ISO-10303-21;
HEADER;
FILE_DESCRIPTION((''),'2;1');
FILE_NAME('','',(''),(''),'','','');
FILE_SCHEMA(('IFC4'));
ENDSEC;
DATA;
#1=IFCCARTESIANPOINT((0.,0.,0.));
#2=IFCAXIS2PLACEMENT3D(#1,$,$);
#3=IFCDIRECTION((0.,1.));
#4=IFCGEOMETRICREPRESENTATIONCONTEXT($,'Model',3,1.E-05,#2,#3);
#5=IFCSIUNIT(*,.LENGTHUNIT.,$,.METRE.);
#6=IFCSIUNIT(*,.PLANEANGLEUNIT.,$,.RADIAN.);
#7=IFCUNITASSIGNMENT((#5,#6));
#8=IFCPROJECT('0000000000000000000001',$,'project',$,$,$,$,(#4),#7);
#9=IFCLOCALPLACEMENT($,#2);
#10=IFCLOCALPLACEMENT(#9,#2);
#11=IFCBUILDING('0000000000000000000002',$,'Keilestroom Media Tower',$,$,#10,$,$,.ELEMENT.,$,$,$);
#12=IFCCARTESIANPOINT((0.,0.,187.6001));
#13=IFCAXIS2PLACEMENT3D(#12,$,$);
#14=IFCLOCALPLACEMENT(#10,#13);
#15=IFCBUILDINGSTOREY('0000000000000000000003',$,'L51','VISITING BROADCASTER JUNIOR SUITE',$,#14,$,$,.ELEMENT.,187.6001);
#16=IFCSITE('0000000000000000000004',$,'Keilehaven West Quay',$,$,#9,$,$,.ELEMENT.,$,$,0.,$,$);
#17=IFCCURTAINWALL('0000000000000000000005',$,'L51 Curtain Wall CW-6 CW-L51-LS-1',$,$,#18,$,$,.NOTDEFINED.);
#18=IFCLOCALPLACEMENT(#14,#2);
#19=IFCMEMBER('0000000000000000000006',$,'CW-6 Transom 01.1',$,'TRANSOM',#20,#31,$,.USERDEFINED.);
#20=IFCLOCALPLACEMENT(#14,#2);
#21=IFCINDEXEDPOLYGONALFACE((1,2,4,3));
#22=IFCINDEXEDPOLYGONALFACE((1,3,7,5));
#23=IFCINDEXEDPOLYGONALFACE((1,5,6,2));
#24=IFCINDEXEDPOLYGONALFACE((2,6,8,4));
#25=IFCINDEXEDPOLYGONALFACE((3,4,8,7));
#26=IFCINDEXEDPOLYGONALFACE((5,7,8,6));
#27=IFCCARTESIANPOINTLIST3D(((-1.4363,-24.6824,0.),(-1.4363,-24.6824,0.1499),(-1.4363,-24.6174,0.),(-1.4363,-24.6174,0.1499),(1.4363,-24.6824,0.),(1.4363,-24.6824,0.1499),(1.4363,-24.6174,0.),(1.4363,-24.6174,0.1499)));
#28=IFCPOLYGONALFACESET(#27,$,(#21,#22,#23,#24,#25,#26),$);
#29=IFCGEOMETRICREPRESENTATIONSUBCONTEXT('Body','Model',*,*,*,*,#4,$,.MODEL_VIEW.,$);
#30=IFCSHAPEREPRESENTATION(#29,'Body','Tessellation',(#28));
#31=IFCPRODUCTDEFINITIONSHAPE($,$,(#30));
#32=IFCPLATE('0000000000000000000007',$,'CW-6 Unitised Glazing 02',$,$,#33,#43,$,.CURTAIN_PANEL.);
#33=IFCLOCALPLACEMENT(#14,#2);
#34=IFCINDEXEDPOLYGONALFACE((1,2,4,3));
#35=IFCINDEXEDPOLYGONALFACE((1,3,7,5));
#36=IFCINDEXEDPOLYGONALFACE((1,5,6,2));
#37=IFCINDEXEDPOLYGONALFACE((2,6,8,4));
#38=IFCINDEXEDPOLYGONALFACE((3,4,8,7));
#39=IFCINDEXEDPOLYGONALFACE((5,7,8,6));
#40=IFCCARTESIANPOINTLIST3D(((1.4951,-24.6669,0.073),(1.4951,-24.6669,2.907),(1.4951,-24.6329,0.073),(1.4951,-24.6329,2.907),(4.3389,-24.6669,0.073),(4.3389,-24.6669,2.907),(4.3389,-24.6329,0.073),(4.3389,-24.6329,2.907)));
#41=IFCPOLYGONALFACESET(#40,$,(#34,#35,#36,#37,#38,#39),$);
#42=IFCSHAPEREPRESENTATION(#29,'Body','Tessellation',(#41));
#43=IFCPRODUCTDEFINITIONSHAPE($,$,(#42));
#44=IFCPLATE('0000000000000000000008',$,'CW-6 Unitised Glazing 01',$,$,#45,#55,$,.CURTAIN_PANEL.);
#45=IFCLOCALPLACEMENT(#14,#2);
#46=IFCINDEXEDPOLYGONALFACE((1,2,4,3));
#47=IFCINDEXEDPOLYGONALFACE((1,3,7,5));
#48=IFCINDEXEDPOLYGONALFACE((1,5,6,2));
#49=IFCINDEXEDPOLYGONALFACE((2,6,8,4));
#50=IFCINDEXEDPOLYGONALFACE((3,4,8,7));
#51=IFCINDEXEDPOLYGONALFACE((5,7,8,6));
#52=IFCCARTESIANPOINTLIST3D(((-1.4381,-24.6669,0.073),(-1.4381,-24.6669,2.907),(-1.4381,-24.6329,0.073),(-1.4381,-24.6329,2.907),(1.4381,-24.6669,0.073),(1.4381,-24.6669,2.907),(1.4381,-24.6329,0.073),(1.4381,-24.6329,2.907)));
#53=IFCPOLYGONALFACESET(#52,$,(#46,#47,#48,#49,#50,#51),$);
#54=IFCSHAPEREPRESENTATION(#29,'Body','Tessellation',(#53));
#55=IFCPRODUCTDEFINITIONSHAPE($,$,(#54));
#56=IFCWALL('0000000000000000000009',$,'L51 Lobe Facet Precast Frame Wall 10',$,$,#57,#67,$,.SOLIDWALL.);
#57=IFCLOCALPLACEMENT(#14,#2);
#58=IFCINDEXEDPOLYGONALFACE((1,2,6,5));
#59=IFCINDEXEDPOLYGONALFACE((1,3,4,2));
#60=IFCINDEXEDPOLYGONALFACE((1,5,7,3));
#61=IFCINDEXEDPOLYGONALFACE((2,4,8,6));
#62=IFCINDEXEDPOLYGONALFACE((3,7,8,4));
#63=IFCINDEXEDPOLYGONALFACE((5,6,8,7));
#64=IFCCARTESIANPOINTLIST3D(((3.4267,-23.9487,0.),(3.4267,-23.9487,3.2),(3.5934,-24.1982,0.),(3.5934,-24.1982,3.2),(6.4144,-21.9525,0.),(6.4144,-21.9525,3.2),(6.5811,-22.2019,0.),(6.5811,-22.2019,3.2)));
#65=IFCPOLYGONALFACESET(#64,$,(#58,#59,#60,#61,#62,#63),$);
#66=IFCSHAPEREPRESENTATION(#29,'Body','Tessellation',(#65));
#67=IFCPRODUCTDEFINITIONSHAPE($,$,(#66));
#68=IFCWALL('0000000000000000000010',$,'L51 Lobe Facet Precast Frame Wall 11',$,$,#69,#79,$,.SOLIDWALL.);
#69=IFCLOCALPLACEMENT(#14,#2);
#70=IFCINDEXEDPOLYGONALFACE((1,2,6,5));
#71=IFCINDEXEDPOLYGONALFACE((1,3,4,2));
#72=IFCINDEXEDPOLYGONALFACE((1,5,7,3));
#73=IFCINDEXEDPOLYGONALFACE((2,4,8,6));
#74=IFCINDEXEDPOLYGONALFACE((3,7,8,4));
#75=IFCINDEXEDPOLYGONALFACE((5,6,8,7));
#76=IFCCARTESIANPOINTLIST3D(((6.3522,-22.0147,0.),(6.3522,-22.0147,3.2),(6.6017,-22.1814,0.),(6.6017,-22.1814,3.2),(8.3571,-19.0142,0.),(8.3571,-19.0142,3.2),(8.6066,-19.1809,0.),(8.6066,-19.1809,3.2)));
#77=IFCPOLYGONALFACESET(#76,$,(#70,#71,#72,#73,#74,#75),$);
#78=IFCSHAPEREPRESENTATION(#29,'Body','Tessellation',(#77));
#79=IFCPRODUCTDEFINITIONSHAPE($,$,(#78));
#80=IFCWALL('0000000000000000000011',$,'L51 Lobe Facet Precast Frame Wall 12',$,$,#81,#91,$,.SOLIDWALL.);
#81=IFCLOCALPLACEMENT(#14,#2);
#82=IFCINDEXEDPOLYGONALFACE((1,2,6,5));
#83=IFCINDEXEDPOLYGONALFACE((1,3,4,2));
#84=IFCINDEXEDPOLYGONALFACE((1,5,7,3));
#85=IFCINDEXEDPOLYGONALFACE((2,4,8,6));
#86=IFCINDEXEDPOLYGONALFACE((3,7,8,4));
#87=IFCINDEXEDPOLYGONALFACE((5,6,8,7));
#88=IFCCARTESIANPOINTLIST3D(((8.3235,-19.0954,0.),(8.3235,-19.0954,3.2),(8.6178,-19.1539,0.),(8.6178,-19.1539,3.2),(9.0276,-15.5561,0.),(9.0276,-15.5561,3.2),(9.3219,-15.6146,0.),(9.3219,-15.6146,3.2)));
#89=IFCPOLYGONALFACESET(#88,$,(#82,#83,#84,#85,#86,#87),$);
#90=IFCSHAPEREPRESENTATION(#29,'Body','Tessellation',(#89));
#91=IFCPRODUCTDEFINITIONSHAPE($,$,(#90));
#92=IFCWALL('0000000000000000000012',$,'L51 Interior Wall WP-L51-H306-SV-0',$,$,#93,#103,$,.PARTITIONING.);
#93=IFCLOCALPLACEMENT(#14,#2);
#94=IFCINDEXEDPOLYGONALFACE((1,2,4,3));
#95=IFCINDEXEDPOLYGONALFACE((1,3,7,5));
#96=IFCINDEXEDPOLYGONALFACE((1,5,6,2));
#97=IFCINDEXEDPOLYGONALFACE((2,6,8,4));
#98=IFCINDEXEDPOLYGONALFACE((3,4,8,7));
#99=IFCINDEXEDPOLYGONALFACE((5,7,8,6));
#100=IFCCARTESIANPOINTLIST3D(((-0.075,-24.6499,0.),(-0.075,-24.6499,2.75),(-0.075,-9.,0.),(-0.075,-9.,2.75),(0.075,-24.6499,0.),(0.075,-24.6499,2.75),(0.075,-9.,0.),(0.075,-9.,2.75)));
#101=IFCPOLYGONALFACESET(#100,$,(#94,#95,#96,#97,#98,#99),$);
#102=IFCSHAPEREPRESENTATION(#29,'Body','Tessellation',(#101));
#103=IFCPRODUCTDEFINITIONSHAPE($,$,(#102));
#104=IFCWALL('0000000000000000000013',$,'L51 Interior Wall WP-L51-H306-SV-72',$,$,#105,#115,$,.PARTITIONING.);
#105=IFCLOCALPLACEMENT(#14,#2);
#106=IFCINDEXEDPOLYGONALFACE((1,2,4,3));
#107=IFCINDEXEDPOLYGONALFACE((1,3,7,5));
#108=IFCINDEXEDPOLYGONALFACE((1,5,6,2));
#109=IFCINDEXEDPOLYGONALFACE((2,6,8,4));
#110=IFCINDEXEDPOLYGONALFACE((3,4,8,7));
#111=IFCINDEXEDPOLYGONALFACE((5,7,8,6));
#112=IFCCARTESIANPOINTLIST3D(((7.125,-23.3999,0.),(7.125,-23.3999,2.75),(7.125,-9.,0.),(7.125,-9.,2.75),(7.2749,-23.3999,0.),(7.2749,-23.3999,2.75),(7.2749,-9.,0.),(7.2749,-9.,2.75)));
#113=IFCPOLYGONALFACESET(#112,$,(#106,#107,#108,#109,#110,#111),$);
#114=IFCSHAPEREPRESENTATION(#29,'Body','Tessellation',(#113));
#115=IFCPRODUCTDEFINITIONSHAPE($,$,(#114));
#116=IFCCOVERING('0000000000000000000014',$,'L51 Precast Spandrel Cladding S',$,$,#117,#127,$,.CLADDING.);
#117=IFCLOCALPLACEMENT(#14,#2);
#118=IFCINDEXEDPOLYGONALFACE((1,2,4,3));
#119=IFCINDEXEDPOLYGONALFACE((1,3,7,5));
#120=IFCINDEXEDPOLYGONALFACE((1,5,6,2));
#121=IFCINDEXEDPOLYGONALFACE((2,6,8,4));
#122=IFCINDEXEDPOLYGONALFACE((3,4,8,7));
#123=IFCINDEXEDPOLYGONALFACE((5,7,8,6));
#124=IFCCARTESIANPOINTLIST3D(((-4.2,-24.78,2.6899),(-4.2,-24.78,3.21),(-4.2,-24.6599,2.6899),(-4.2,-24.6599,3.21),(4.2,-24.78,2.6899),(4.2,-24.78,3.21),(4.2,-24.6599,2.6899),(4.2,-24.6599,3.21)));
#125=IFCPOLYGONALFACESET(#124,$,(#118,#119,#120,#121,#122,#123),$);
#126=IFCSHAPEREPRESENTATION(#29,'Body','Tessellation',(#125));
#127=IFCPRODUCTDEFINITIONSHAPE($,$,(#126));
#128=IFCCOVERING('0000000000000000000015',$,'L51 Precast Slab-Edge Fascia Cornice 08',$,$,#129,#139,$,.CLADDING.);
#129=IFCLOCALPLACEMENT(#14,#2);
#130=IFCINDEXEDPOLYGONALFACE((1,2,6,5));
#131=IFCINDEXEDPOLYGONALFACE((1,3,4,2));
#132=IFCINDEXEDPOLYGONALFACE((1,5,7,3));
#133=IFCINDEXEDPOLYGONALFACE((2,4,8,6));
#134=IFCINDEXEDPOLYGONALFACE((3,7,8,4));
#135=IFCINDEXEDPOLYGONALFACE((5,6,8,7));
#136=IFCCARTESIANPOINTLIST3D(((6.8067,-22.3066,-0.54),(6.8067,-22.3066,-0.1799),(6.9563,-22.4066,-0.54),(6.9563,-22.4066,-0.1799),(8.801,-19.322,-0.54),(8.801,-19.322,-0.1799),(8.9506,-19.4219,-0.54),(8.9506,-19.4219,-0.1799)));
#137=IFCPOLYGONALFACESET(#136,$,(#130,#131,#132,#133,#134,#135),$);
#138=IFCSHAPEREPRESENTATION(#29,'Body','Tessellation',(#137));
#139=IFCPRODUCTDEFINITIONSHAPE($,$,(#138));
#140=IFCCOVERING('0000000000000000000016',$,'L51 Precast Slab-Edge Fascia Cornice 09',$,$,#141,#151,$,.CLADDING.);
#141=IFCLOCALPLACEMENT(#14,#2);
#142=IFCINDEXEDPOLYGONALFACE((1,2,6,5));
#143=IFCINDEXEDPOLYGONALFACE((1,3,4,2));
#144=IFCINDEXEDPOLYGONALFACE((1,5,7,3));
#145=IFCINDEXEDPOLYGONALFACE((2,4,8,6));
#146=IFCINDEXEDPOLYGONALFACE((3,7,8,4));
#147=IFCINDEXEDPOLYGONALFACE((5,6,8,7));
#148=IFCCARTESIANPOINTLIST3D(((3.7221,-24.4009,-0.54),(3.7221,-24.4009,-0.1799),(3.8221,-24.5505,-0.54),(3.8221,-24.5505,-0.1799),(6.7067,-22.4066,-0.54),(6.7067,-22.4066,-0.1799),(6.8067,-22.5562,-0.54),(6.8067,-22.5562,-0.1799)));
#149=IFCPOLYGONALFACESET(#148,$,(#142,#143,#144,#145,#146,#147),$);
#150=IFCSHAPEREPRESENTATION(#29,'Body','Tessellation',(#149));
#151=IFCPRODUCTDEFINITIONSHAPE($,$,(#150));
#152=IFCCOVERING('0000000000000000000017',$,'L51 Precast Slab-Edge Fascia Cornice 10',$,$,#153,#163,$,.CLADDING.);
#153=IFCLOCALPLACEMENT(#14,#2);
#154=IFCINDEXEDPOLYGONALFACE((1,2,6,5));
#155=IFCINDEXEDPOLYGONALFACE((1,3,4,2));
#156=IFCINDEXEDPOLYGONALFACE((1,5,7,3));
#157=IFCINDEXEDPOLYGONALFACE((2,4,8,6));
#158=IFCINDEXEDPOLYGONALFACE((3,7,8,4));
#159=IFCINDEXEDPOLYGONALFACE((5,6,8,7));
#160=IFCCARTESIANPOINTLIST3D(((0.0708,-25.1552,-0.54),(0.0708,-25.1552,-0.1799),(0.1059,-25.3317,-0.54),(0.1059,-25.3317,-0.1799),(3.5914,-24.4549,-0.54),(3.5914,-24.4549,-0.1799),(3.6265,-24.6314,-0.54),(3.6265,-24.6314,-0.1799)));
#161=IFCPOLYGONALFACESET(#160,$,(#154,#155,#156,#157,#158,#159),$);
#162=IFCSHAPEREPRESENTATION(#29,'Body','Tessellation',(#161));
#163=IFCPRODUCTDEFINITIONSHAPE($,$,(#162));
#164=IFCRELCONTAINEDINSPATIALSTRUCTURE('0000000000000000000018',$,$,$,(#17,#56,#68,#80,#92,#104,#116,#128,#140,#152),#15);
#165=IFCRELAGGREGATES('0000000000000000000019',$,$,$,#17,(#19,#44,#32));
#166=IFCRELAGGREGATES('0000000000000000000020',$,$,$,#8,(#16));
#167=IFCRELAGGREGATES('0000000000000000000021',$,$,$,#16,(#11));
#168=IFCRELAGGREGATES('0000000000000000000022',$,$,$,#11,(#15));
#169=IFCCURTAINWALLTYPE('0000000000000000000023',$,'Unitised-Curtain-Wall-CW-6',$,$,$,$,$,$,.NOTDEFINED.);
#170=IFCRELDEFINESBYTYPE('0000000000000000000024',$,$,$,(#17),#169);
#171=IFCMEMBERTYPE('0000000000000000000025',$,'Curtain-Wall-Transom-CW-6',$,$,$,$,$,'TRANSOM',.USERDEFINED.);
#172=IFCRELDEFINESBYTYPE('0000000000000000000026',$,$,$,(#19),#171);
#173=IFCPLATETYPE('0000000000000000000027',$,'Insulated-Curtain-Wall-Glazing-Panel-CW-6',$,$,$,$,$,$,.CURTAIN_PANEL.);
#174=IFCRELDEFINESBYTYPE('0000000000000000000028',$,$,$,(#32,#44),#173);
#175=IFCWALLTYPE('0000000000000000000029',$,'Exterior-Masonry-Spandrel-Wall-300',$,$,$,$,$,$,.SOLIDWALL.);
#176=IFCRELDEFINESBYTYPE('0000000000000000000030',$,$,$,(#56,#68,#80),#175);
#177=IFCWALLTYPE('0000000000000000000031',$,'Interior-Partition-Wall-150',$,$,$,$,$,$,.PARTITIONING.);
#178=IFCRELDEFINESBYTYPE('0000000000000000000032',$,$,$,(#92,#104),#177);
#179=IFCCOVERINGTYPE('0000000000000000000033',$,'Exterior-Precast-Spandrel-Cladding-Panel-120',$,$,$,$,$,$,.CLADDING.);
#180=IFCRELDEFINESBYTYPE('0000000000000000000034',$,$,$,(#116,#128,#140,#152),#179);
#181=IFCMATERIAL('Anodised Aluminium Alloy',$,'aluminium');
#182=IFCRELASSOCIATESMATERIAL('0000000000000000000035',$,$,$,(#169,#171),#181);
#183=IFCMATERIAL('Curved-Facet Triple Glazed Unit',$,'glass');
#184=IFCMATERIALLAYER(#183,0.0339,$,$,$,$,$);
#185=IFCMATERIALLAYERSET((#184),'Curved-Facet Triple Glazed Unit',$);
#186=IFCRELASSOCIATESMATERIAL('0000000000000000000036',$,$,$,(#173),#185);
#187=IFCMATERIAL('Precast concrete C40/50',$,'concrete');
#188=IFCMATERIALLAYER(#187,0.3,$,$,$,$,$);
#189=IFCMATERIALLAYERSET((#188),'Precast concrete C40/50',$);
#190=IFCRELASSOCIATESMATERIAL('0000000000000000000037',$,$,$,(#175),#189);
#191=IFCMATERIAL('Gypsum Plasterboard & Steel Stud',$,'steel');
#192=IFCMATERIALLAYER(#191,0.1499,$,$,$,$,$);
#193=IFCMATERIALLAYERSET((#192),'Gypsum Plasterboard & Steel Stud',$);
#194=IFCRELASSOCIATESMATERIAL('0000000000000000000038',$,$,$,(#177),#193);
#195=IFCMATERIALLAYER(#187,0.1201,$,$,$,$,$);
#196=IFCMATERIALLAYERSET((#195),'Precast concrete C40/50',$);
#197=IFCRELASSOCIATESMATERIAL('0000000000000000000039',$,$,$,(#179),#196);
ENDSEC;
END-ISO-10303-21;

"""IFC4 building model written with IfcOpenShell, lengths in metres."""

from ifc_helpers import new_model, si_unit, direction, frame, frame_2d, origin, origin_2d, place, context, subcontext, project, spatial, rectangle, extrude, source, transform, mapped, material, layer, layer_set, material_profile, profile_set, type_object, element, aggregate, save


model = new_model("IFC4")

# Units and contexts
model_context = context("Model", 3, precision=1e-05, world=origin(), true_north=direction((0.0, 1.0)))
body_context = subcontext(model_context, "Body", "Model", "MODEL_VIEW")
ifc_project = project(units=[si_unit("LENGTHUNIT", "METRE"), si_unit("PLANEANGLEUNIT", "RADIAN")], contexts=[model_context])

# Site, building, storey
site_placement = place(None, origin())
site = spatial("IfcSite", under=ifc_project, at=site_placement, Name="Keilehaven West Quay", CompositionType="ELEMENT", RefElevation=0.0)
building_placement = place(site_placement, origin())
building = spatial("IfcBuilding", under=site, at=building_placement, Name="Keilestroom Media Tower", CompositionType="ELEMENT")
storey_placement = place(building_placement, frame((0.0, 0.0, 187.6001)))
storey = spatial("IfcBuildingStorey", under=building, at=storey_placement, Name="L51", Description="VISITING BROADCASTER JUNIOR SUITE", CompositionType="ELEMENT", Elevation=187.6001)

# Curtain wall, member, plates
ifc_material_1 = material(Name="Anodised Aluminium Alloy", Category="aluminium")
curtain_wall_type = type_object("IfcCurtainWallType", Name="Unitised-Curtain-Wall-CW-6", PredefinedType="NOTDEFINED", material=ifc_material_1)
curtain_wall_placement = place(storey_placement, origin())
curtain_wall = element("IfcCurtainWall", 1, at=curtain_wall_placement, inside=storey, type_object=curtain_wall_type, Name="L51 Curtain Wall CW-6 CW-L51-LS-1", PredefinedType="NOTDEFINED")
ifc_material_profile_1 = material_profile(ifc_material_1, rectangle(XDim=0.0649, YDim=0.1499, at=origin_2d()), Name="ALU TRANSOM 65x150")
ifc_profile_set_1 = profile_set([ifc_material_profile_1], Name="Anodised Aluminium Alloy")
member_type_1 = type_object("IfcMemberType", Name="Curtain-Wall-Transom-CW-6", ElementType="TRANSOM", PredefinedType="USERDEFINED", material=ifc_profile_set_1)
shared_shape_1 = source(origin(), body_context, "Body", "SweptSolid", [
    extrude(rectangle(XDim=0.0649, YDim=0.1499, at=origin_2d()), origin(), (0.0, 0.0, 1.0), 2.8726),
])
member_1_placement = place(storey_placement, frame((-1.4363, -24.6499, 0.075), z_axis=(1.0, 0.0, 0.0), x_axis=(0.0, 1.0, 0.0)))
member_1 = element("IfcMember", 2, at=member_1_placement, type_object=member_type_1, Name="CW-6 Transom 01.1", ObjectType="TRANSOM", PredefinedType="USERDEFINED", context=body_context, shape_type="MappedRepresentation", body=[
    mapped(shared_shape_1, transform((0.0, 0.0, 0.0), x_axis=(1.0, 0.0, 0.0), y_axis=(0.0, 1.0, 0.0), z_axis=(0.0, 0.0, 1.0), scale=1.0)),
])
ifc_material_2 = material(Name="Curved-Facet Triple Glazed Unit", Category="glass")
ifc_layer_1 = layer(ifc_material_2, 0.0339)
ifc_layer_set_1 = layer_set([ifc_layer_1], Name="Curved-Facet Triple Glazed Unit")
plate_type = type_object("IfcPlateType", Name="Insulated-Curtain-Wall-Glazing-Panel-CW-6", PredefinedType="CURTAIN_PANEL", material=ifc_layer_set_1)
shared_shape_2 = source(origin(), body_context, "Body", "SweptSolid", [
    extrude(rectangle(XDim=2.8438, YDim=0.0339, at=origin_2d()), origin(), (0.0, 0.0, 1.0), 2.834),
])
plate_1_placement = place(storey_placement, frame((2.917, -24.6499, 0.073), z_axis=(0.0, 0.0, 1.0), x_axis=(1.0, 0.0, 0.0)))
plate_1 = element("IfcPlate", 3, at=plate_1_placement, type_object=plate_type, Name="CW-6 Unitised Glazing 02", PredefinedType="CURTAIN_PANEL", context=body_context, shape_type="MappedRepresentation", body=[
    mapped(shared_shape_2, transform((0.0, 0.0, 0.0), x_axis=(1.0, 0.0, 0.0), y_axis=(0.0, 1.0, 0.0), z_axis=(0.0, 0.0, 1.0), scale=1.0)),
])
shared_shape_3 = source(origin(), body_context, "Body", "SweptSolid", [
    extrude(rectangle(XDim=2.8762, YDim=0.0339, at=origin_2d()), origin(), (0.0, 0.0, 1.0), 2.834),
])
plate_2_placement = place(storey_placement, frame((0.0, -24.6499, 0.073), z_axis=(0.0, 0.0, 1.0), x_axis=(1.0, 0.0, 0.0)))
plate_2 = element("IfcPlate", 4, at=plate_2_placement, type_object=plate_type, Name="CW-6 Unitised Glazing 01", PredefinedType="CURTAIN_PANEL", context=body_context, shape_type="MappedRepresentation", body=[
    mapped(shared_shape_3, transform((0.0, 0.0, 0.0), x_axis=(1.0, 0.0, 0.0), y_axis=(0.0, 1.0, 0.0), z_axis=(0.0, 0.0, 1.0), scale=1.0)),
])
aggregate(curtain_wall, [member_1, plate_2, plate_1])

# Walls
ifc_material_3 = material(Name="Precast concrete C40/50", Category="concrete")
ifc_layer_2 = layer(ifc_material_3, 0.3)
ifc_layer_set_2 = layer_set([ifc_layer_2], Name="Precast concrete C40/50")
wall_type_1 = type_object("IfcWallType", Name="Exterior-Masonry-Spandrel-Wall-300", PredefinedType="SOLIDWALL", material=ifc_layer_set_2)
wall_1_placement = place(storey_placement, frame((3.51, -24.0735, 0.0), z_axis=(0.0, 0.0, 1.0), x_axis=(0.831475, 0.555562, 0.0)))
element("IfcWall", 5, at=wall_1_placement, inside=storey, type_object=wall_type_1, Name="L51 Lobe Facet Precast Frame Wall 10", PredefinedType="SOLIDWALL", context=body_context, shape_type="SweptSolid", body=[
    extrude(rectangle(XDim=3.5933, YDim=0.3, at=frame_2d((1.7966, 0.0))), origin(), (0.0, 0.0, 1.0), 3.2),
])
for number, where, z_axis, x_axis, name in (
    (6, (6.4771, -22.0979, 0.0), (0.0, 0.0, 1.0), (0.555574, 0.831467, 0.0), "L51 Lobe Facet Precast Frame Wall 11"),
    (7, (8.4707, -19.1245, 0.0), (0.0, 0.0, 1.0), (0.195114, 0.980781, 0.0), "L51 Lobe Facet Precast Frame Wall 12"),
):
    element("IfcWall", number, at=place(storey_placement, frame(where, z_axis=z_axis, x_axis=x_axis)), inside=storey, type_object=wall_type_1, Name=name, PredefinedType="SOLIDWALL", context=body_context, shape_type="SweptSolid", body=[
        extrude(rectangle(XDim=3.6086, YDim=0.3, at=frame_2d((1.8042, 0.0))), origin(), (0.0, 0.0, 1.0), 3.2),
    ])
ifc_material_4 = material(Name="Gypsum Plasterboard & Steel Stud", Category="steel")
ifc_layer_3 = layer(ifc_material_4, 0.1499)
ifc_layer_set_3 = layer_set([ifc_layer_3], Name="Gypsum Plasterboard & Steel Stud")
wall_type_2 = type_object("IfcWallType", Name="Interior-Partition-Wall-150", PredefinedType="PARTITIONING", material=ifc_layer_set_3)
wall_2_placement = place(storey_placement, frame((0.0, -24.6499, 0.0), z_axis=(0.0, 0.0, 1.0), x_axis=(0.0, 1.0, 0.0)))
element("IfcWall", 8, at=wall_2_placement, inside=storey, type_object=wall_type_2, Name="L51 Interior Wall WP-L51-H306-SV-0", PredefinedType="PARTITIONING", context=body_context, shape_type="SweptSolid", body=[
    extrude(rectangle(XDim=15.6499, YDim=0.1499, at=frame_2d((7.825, 0.0))), origin(), (0.0, 0.0, 1.0), 2.75),
])
wall_3_placement = place(storey_placement, frame((7.2, -23.3999, 0.0), z_axis=(0.0, 0.0, 1.0), x_axis=(0.0, 1.0, 0.0)))
element("IfcWall", 9, at=wall_3_placement, inside=storey, type_object=wall_type_2, Name="L51 Interior Wall WP-L51-H306-SV-72", PredefinedType="PARTITIONING", context=body_context, shape_type="SweptSolid", body=[
    extrude(rectangle(XDim=14.3999, YDim=0.1499, at=frame_2d((7.2, 0.0))), origin(), (0.0, 0.0, 1.0), 2.75),
])

# Coverings
ifc_layer_4 = layer(ifc_material_3, 0.1201)
ifc_layer_set_4 = layer_set([ifc_layer_4], Name="Precast concrete C40/50")
covering_type = type_object("IfcCoveringType", Name="Exterior-Precast-Spandrel-Cladding-Panel-120", PredefinedType="CLADDING", material=ifc_layer_set_4)
shared_shape_4 = source(origin(), body_context, "Body", "SweptSolid", [
    extrude(rectangle(XDim=8.3999, YDim=0.1201, at=origin_2d()), origin(), (0.0, 0.0, 1.0), 0.52),
])
covering_placement = place(storey_placement, frame((0.0, -24.72, 2.6899), z_axis=(0.0, 0.0, 1.0), x_axis=(1.0, 0.0, 0.0)))
element("IfcCovering", 10, at=covering_placement, inside=storey, type_object=covering_type, Name="L51 Precast Spandrel Cladding S", PredefinedType="CLADDING", context=body_context, shape_type="MappedRepresentation", body=[
    mapped(shared_shape_4, transform((0.0, 0.0, 0.0), x_axis=(1.0, 0.0, 0.0), y_axis=(0.0, 1.0, 0.0), z_axis=(0.0, 0.0, 1.0), scale=1.0)),
])
shared_shape_5 = source(origin(), body_context, "Body", "SweptSolid", [
    extrude(rectangle(XDim=3.5896, YDim=0.1799, at=origin_2d()), origin(), (0.0, 0.0, 1.0), 0.3601),
])
for number, where, z_axis, x_axis, name in (
    (11, (7.8787, -20.8643, -0.54), (0.0, 0.0, 1.0), (-0.555575, -0.831467, 0.0), "L51 Precast Slab-Edge Fascia Cornice 08"),
    (12, (5.2644, -23.4785, -0.54), (0.0, 0.0, 1.0), (-0.831467, -0.555575, 0.0), "L51 Precast Slab-Edge Fascia Cornice 09"),
    (13, (1.8486, -24.8933, -0.54), (0.0, 0.0, 1.0), (-0.980784, -0.195099, 0.0), "L51 Precast Slab-Edge Fascia Cornice 10"),
):
    element("IfcCovering", number, at=place(storey_placement, frame(where, z_axis=z_axis, x_axis=x_axis)), inside=storey, type_object=covering_type, Name=name, PredefinedType="CLADDING", context=body_context, shape_type="MappedRepresentation", body=[
        mapped(shared_shape_5, transform((0.0, 0.0, 0.0), x_axis=(1.0, 0.0, 0.0), y_axis=(0.0, 1.0, 0.0), z_axis=(0.0, 0.0, 1.0), scale=1.0)),
    ])

save(model, "model.ifc")
